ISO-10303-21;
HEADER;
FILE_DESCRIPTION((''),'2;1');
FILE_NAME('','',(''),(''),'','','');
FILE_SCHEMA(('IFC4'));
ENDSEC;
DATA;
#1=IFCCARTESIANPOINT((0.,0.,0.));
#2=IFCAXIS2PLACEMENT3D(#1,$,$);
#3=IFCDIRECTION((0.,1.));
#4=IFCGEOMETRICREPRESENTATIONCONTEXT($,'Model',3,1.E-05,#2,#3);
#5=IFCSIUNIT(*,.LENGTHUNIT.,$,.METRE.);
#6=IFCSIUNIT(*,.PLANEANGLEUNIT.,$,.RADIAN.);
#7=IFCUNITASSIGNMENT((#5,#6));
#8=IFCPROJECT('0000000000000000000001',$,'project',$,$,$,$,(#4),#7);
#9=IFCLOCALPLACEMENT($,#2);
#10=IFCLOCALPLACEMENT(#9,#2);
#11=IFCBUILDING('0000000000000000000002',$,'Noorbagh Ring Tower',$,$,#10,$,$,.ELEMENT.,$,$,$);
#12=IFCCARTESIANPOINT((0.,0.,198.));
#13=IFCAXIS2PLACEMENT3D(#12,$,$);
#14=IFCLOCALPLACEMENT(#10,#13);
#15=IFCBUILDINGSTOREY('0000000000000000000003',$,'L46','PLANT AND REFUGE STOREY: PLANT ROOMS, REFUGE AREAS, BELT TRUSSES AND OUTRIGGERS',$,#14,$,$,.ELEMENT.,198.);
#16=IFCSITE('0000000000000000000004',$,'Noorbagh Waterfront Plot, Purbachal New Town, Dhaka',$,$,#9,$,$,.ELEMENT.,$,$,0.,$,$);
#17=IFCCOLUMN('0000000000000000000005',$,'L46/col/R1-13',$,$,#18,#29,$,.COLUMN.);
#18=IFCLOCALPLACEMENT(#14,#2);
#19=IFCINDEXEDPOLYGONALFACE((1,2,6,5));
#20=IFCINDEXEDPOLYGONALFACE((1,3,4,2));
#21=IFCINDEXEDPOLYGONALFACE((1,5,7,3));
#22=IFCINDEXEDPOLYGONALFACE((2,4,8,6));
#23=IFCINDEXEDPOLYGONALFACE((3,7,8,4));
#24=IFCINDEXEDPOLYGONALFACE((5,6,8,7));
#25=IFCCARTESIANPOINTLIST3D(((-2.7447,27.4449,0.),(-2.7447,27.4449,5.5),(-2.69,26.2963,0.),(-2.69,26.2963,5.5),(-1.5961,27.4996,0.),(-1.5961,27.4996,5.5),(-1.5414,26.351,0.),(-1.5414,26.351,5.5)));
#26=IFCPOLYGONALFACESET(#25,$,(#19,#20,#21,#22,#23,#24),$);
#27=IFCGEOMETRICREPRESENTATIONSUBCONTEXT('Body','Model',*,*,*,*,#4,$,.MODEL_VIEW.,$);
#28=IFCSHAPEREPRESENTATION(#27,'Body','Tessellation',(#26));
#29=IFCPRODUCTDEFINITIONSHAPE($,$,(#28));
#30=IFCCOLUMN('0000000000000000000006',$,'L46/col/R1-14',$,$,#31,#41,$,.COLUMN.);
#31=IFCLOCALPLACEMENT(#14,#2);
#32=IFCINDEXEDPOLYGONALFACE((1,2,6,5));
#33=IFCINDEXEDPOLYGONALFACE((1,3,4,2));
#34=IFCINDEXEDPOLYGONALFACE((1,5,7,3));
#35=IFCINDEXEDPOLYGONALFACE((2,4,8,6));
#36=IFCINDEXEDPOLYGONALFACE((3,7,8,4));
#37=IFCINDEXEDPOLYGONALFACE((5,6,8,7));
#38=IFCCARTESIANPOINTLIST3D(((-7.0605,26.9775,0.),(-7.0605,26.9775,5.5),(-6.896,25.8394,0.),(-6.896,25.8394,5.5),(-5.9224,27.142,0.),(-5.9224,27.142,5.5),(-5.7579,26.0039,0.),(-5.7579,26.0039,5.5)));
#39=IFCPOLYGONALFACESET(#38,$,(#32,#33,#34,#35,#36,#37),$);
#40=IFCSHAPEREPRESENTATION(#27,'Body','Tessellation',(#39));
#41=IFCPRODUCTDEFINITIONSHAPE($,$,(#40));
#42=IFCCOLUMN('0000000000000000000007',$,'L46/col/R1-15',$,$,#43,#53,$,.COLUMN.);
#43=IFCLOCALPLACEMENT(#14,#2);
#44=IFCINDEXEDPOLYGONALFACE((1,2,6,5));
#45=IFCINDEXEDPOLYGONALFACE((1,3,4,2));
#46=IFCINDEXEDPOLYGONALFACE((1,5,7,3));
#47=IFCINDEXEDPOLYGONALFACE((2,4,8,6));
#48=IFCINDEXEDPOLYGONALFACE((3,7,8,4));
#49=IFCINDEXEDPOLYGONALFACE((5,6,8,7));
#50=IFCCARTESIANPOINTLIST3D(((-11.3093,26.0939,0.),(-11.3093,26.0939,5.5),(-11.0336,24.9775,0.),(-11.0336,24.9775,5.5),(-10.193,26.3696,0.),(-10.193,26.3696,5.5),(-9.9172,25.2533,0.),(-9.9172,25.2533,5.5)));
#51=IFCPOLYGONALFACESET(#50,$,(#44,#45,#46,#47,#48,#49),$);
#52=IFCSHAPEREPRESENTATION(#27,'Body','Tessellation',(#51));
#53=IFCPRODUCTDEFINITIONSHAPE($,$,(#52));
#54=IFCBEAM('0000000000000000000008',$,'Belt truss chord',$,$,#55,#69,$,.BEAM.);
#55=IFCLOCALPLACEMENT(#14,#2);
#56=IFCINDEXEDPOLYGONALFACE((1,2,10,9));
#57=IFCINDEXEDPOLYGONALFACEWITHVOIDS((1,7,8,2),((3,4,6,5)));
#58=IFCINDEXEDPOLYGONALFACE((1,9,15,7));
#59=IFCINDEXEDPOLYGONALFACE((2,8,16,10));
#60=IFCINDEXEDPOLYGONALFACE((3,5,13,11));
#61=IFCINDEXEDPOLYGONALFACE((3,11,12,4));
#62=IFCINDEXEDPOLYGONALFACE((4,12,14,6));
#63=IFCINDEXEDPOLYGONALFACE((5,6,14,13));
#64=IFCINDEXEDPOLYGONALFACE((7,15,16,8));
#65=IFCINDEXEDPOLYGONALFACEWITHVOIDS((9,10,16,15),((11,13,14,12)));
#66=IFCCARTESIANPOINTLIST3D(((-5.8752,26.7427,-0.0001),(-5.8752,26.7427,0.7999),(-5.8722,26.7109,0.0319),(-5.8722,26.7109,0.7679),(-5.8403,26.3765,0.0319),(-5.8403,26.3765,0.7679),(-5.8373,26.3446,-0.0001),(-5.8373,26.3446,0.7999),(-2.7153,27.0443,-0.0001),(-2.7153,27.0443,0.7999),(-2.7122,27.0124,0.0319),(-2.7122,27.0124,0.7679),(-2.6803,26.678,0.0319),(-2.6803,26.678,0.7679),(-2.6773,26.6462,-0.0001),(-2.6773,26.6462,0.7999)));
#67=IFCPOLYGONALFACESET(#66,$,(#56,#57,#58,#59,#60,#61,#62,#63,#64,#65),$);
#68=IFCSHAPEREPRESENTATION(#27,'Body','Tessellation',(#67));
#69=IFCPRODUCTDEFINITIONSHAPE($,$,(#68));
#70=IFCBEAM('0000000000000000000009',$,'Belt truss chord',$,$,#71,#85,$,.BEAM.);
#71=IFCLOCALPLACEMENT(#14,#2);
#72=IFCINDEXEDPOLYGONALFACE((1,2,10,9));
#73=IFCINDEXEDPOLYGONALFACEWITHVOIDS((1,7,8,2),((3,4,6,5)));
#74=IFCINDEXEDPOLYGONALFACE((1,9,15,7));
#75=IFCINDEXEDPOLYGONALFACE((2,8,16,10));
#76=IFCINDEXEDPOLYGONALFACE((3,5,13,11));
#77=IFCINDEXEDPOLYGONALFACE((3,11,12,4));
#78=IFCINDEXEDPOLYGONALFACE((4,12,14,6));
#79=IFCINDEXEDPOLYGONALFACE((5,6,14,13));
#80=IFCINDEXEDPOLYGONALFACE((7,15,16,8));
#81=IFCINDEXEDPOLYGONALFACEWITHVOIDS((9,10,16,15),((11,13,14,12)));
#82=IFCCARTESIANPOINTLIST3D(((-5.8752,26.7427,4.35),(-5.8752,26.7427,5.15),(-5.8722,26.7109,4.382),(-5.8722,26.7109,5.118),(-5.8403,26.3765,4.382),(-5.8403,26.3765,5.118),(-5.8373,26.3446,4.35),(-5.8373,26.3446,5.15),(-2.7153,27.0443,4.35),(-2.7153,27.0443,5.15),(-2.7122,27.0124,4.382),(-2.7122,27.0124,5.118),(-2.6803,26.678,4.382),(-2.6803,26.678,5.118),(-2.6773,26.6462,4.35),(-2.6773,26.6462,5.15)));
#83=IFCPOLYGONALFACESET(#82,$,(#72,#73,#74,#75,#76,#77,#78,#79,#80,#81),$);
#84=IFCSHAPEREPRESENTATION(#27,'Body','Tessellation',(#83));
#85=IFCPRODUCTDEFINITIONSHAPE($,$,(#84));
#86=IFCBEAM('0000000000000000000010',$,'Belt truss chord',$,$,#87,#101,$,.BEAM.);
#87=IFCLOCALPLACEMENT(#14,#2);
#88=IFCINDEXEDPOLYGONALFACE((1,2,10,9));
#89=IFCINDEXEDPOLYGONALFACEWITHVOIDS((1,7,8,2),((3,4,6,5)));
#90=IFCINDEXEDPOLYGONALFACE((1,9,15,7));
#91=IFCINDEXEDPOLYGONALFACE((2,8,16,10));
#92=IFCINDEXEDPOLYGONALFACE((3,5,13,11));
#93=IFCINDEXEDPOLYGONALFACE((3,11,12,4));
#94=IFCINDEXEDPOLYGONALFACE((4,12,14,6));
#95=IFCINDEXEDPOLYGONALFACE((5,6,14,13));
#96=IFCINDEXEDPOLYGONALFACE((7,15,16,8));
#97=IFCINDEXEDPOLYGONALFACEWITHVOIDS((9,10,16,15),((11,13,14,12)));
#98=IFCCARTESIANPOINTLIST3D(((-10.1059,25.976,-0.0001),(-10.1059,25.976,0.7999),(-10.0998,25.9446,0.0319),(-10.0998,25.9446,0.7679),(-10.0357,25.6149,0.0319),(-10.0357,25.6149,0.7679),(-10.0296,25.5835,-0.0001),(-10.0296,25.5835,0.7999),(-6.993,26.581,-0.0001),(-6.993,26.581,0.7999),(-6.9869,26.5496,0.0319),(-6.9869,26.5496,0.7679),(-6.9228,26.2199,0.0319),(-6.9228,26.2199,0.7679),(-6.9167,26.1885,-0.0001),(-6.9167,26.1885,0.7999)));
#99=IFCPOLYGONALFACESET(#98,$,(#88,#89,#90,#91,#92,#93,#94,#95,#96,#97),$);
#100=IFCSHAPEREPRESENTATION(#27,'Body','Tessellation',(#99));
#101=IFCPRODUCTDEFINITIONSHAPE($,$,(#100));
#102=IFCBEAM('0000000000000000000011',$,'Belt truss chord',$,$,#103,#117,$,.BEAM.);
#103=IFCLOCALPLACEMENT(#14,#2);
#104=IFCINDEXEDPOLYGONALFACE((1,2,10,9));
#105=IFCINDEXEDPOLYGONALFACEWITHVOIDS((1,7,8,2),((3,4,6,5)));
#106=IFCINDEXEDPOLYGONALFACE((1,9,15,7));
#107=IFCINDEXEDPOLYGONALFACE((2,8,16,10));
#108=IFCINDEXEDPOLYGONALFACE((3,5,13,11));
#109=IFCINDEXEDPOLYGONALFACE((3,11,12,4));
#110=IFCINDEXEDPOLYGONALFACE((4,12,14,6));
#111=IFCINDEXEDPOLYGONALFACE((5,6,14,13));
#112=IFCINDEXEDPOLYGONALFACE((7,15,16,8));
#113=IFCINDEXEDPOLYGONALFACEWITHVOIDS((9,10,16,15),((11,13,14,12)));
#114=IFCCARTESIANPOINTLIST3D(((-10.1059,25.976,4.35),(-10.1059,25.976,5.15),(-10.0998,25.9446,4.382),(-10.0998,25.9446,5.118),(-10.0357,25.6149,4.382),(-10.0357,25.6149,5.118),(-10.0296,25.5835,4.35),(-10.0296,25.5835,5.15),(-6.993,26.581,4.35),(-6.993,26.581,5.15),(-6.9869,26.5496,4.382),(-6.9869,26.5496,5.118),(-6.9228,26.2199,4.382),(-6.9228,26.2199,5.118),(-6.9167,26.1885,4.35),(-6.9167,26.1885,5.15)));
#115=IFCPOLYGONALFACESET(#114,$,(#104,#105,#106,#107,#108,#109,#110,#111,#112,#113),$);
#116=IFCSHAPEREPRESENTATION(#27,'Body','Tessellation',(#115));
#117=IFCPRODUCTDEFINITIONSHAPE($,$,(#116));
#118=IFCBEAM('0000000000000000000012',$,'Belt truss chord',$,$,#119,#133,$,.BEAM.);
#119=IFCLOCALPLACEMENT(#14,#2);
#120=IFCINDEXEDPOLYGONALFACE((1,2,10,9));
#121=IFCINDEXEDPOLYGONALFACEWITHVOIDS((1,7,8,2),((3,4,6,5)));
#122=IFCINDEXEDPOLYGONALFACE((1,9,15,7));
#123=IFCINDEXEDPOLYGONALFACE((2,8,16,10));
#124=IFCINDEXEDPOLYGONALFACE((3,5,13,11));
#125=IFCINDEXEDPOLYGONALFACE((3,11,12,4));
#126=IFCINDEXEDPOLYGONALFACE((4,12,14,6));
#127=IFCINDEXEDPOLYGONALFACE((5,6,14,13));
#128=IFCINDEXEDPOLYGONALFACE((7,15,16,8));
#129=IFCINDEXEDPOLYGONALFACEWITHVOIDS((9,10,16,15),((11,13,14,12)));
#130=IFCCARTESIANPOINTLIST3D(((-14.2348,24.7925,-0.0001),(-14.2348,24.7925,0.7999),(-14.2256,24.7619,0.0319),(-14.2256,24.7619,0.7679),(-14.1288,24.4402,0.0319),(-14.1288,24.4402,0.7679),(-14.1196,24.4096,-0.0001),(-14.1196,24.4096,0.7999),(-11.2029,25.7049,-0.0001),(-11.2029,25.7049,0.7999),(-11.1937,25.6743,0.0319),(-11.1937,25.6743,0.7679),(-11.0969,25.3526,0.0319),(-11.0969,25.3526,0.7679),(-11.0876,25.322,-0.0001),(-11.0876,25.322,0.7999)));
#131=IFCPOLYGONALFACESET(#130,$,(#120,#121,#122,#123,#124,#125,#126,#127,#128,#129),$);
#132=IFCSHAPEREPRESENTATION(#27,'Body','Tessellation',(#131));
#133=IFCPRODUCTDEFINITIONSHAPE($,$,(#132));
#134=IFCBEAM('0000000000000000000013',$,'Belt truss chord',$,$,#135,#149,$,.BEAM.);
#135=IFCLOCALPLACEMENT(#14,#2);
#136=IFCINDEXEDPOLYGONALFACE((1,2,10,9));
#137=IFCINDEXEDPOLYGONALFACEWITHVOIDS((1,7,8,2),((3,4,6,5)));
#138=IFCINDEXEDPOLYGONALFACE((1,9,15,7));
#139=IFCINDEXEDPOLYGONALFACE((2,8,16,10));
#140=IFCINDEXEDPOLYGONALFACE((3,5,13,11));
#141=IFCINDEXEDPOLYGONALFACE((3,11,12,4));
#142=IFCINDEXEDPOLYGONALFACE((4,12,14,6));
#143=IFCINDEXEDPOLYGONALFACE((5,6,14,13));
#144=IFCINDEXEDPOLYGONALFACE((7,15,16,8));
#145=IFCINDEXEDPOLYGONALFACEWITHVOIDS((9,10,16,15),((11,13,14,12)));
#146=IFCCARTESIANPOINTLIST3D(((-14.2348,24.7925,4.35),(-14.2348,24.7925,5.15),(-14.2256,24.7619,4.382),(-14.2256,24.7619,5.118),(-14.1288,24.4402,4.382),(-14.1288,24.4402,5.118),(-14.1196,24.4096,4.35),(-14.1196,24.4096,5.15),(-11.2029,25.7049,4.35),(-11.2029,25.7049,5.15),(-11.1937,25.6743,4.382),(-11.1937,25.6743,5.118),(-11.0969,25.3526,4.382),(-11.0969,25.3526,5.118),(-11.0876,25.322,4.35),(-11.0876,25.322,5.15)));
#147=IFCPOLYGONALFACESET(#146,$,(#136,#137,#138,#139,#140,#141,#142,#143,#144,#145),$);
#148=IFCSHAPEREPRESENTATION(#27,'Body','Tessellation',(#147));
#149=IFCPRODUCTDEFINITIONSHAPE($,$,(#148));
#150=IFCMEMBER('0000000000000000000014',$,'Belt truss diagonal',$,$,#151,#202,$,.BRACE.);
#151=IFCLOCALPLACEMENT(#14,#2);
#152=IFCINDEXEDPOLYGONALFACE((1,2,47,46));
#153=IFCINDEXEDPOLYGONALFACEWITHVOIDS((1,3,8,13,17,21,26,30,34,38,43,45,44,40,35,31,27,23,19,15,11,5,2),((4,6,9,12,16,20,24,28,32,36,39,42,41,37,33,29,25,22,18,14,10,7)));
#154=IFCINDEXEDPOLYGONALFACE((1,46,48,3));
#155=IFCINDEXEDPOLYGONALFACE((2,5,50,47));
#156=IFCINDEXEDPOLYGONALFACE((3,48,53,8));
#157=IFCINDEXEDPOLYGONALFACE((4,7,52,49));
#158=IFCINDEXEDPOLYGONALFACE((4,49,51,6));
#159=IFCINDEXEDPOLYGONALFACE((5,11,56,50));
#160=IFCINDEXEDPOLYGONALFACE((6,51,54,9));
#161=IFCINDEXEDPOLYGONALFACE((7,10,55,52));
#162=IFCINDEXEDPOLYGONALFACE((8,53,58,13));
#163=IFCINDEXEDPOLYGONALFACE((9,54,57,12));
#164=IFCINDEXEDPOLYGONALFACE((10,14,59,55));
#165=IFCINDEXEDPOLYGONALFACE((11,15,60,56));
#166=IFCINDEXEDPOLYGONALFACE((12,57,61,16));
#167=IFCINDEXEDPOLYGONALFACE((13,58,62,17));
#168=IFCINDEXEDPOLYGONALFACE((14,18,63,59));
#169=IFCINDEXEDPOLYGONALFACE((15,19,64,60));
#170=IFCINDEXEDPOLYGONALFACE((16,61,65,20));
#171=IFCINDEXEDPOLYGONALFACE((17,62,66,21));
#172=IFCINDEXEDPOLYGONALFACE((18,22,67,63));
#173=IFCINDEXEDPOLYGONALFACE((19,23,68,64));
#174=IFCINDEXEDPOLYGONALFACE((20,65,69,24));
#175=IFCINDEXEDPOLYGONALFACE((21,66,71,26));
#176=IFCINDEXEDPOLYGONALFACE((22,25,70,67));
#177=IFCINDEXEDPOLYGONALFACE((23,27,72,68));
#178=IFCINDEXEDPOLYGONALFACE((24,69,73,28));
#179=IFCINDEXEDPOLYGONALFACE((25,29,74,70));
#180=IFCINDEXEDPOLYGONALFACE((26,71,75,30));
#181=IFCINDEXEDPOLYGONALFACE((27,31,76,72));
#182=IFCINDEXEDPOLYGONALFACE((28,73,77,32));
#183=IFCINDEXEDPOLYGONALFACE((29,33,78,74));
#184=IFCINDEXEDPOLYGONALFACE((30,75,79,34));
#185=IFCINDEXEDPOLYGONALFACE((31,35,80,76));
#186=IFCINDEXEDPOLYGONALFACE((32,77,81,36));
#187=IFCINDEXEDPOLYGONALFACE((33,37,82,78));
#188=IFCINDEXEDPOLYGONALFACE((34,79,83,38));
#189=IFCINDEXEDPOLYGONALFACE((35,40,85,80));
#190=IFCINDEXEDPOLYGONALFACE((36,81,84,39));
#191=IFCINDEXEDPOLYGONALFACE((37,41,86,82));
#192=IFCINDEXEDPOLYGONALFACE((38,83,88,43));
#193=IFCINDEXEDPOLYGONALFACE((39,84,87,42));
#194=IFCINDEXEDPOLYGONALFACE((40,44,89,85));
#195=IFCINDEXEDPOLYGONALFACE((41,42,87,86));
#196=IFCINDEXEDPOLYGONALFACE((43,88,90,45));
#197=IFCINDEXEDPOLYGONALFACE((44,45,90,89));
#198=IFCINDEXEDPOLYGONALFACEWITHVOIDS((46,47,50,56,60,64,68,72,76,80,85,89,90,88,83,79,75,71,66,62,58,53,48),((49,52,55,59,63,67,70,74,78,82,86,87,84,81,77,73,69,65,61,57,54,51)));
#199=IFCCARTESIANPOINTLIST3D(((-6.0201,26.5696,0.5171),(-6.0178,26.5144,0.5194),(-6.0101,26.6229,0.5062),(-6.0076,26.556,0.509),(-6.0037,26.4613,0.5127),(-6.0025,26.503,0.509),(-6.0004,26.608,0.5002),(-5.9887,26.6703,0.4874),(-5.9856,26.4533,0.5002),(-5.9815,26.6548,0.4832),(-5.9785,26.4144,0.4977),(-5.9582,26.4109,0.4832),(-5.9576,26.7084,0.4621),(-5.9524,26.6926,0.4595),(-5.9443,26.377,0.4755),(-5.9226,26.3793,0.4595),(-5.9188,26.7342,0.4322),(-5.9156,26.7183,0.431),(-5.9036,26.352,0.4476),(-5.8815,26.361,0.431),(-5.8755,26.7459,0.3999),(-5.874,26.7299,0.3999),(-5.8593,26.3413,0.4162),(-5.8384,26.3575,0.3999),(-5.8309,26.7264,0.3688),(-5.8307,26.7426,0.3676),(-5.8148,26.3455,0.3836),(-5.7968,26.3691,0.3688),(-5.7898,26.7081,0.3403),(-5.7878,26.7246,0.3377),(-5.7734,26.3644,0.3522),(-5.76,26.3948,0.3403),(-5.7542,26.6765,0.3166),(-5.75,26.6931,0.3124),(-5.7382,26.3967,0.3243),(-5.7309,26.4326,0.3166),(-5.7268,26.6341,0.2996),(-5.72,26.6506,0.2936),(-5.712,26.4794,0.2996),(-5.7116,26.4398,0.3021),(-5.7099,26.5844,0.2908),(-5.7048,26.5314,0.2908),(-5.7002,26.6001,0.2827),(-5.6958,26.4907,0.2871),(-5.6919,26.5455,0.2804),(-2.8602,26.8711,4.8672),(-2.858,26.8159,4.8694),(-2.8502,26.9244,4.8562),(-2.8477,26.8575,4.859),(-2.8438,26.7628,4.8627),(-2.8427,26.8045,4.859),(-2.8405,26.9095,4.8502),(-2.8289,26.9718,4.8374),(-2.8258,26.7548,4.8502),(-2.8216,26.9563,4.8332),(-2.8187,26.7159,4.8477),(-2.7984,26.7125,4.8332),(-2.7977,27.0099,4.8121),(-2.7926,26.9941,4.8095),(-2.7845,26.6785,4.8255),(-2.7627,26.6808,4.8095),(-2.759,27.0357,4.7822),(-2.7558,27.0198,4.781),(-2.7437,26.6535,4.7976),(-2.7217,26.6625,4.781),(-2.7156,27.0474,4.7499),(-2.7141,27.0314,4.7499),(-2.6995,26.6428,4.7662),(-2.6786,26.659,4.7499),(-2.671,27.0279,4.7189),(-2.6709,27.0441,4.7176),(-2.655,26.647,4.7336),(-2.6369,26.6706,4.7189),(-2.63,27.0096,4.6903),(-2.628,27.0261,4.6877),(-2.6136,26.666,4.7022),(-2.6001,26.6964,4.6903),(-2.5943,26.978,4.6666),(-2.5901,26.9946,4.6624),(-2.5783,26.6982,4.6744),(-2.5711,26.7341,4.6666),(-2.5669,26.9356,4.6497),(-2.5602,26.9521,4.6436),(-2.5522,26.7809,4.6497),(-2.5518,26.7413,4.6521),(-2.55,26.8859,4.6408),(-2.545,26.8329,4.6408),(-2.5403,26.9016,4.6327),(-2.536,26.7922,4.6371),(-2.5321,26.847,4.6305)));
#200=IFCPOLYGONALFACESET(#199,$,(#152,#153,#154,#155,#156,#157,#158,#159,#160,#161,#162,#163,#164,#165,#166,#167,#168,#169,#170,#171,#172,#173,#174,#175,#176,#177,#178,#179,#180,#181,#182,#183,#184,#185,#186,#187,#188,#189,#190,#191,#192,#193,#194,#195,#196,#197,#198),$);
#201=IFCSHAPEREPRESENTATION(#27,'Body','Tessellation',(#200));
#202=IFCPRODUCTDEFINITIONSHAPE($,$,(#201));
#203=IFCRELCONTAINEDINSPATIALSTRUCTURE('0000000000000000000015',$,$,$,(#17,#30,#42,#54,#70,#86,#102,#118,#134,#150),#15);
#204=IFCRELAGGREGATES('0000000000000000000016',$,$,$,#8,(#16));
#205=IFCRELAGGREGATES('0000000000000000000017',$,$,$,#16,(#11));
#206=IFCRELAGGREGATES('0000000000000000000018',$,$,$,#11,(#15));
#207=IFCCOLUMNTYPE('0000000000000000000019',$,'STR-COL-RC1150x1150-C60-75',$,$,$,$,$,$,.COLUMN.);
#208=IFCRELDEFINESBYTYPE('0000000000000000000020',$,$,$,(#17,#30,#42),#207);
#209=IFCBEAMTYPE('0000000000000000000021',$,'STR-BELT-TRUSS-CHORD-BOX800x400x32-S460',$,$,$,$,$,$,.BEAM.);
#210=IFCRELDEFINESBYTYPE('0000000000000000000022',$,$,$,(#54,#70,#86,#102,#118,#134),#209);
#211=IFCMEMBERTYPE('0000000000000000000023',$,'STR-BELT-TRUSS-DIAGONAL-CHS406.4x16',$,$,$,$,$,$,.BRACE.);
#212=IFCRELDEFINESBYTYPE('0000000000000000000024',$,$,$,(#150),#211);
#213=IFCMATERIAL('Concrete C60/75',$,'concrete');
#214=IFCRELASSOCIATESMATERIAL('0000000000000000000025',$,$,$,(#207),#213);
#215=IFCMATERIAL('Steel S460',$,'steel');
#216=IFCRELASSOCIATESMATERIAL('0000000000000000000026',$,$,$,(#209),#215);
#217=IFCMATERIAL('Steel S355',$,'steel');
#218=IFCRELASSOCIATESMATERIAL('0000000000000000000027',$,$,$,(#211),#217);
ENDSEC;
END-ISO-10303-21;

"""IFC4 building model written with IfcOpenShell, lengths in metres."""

from ifc_helpers import new_model, si_unit, direction, frame, origin, origin_2d, place, context, subcontext, project, spatial, rectangle, hollow_rectangle, hollow_circle, extrude, material, material_profile, profile_set, type_object, element, save


model = new_model("IFC4")

# Units and contexts
model_context = context("Model", 3, precision=1e-05, world=origin(), true_north=direction((0.0, 1.0)))
body_context = subcontext(model_context, "Body", "Model", "MODEL_VIEW")
ifc_project = project(units=[si_unit("LENGTHUNIT", "METRE"), si_unit("PLANEANGLEUNIT", "RADIAN")], contexts=[model_context])

# Site, building, storey
site_placement = place(None, origin())
site = spatial("IfcSite", under=ifc_project, at=site_placement, Name="Noorbagh Waterfront Plot, Purbachal New Town, Dhaka", CompositionType="ELEMENT", RefElevation=0.0)
building_placement = place(site_placement, origin())
building = spatial("IfcBuilding", under=site, at=building_placement, Name="Noorbagh Ring Tower", CompositionType="ELEMENT")
storey_placement = place(building_placement, frame((0.0, 0.0, 198.0)))
storey = spatial("IfcBuildingStorey", under=building, at=storey_placement, Name="L46", Description="PLANT AND REFUGE STOREY: PLANT ROOMS, REFUGE AREAS, BELT TRUSSES AND OUTRIGGERS", CompositionType="ELEMENT", Elevation=198.0)

# Columns
ifc_material_1 = material(Name="Concrete C60/75", Category="concrete")
ifc_material_profile_1 = material_profile(ifc_material_1, rectangle(XDim=1.1499, YDim=1.1499, at=origin_2d()), Name="RC1150x1150")
ifc_profile_set_1 = profile_set([ifc_material_profile_1], Name="Concrete C60/75")
column_type = type_object("IfcColumnType", Name="STR-COL-RC1150x1150-C60-75", PredefinedType="COLUMN", material=ifc_profile_set_1)
for number, where, z_axis, x_axis, name in (
    (1, (-2.1431, 26.8979, 0.0), (0.0, 0.0, 1.0), (-0.998869, -0.047553, 0.0), "L46/col/R1-13"),
    (2, (-6.4092, 26.4907, 0.0), (0.0, 0.0, 1.0), (-0.989713, -0.143066, 0.0), "L46/col/R1-14"),
    (3, (-10.6133, 25.6736, 0.0), (0.0, 0.0, 1.0), (-0.970829, -0.239771, 0.0), "L46/col/R1-15"),
):
    element("IfcColumn", number, at=place(storey_placement, frame(where, z_axis=z_axis, x_axis=x_axis)), inside=storey, type_object=column_type, Name=name, PredefinedType="COLUMN", context=body_context, shape_type="SweptSolid", body=[
        extrude(rectangle(XDim=1.1499, YDim=1.1499, at=origin_2d()), origin(), (0.0, 0.0, 1.0), 5.5),
    ])

# Beams
ifc_material_2 = material(Name="Steel S460", Category="steel")
ifc_material_profile_2 = material_profile(ifc_material_2, hollow_rectangle(XDim=0.3999, YDim=0.8, WallThickness=0.032, at=origin_2d()), Name="BOX800x400x32")
ifc_profile_set_2 = profile_set([ifc_material_profile_2], Name="Steel S460")
beam_type_1 = type_object("IfcBeamType", Name="STR-BELT-TRUSS-CHORD-BOX800x400x32-S460", PredefinedType="BEAM", material=ifc_profile_set_2)
for number, where, z_axis, x_axis, name in (
    (4, (-2.6963, 26.8452, 0.3999), (-0.995479, -0.094987, 0.0), (0.094987, -0.995479, 0.0), "Belt truss chord"),
    (5, (-2.6963, 26.8452, 4.75), (-0.995479, -0.094987, 0.0), (0.094987, -0.995479, 0.0), "Belt truss chord"),
):
    element("IfcBeam", number, at=place(storey_placement, frame(where, z_axis=z_axis, x_axis=x_axis)), inside=storey, type_object=beam_type_1, Name=name, PredefinedType="BEAM", context=body_context, shape_type="SweptSolid", body=[
        extrude(hollow_rectangle(XDim=0.3999, YDim=0.8, WallThickness=0.032, at=origin_2d()), origin(), (0.0, 0.0, 1.0), 3.1743),
    ])
for number, where, z_axis, x_axis, name in (
    (6, (-6.9548, 26.3848, 0.3999), (-0.981632, -0.190783, 0.0), (0.190783, -0.981632, 0.0), "Belt truss chord"),
    (7, (-6.9548, 26.3848, 4.75), (-0.981632, -0.190783, 0.0), (0.190783, -0.981632, 0.0), "Belt truss chord"),
):
    element("IfcBeam", number, at=place(storey_placement, frame(where, z_axis=z_axis, x_axis=x_axis)), inside=storey, type_object=beam_type_1, Name=name, PredefinedType="BEAM", context=body_context, shape_type="SweptSolid", body=[
        extrude(hollow_rectangle(XDim=0.3999, YDim=0.8, WallThickness=0.032, at=origin_2d()), origin(), (0.0, 0.0, 1.0), 3.1711),
    ])
for number, where, z_axis, x_axis, name in (
    (8, (-11.1453, 25.5134, 0.3999), (-0.957586, -0.288147, 0.0), (0.288147, -0.957586, 0.0), "Belt truss chord"),
    (9, (-11.1453, 25.5134, 4.75), (-0.957586, -0.288147, 0.0), (0.288147, -0.957586, 0.0), "Belt truss chord"),
):
    element("IfcBeam", number, at=place(storey_placement, frame(where, z_axis=z_axis, x_axis=x_axis)), inside=storey, type_object=beam_type_1, Name=name, PredefinedType="BEAM", context=body_context, shape_type="SweptSolid", body=[
        extrude(hollow_rectangle(XDim=0.3999, YDim=0.8, WallThickness=0.032, at=origin_2d()), origin(), (0.0, 0.0, 1.0), 3.1663),
    ])

# Member
ifc_material_3 = material(Name="Steel S355", Category="steel")
ifc_material_profile_3 = material_profile(ifc_material_3, hollow_circle(Radius=0.2031, WallThickness=0.0161, at=origin_2d()), Name="CHS406.4x16")
ifc_profile_set_3 = profile_set([ifc_material_profile_3], Name="Steel S355")
member_type = type_object("IfcMemberType", Name="STR-BELT-TRUSS-DIAGONAL-CHS406.4x16", PredefinedType="BRACE", material=ifc_profile_set_3)
member_1_placement = place(storey_placement, frame((-5.8562, 26.5437, 0.3999), z_axis=(0.586788, 0.05599, 0.807803), x_axis=(-0.094987, 0.995479, 0.0)))
element("IfcMember", 10, at=member_1_placement, inside=storey, type_object=member_type, Name="Belt truss diagonal", PredefinedType="BRACE", context=body_context, shape_type="SweptSolid", body=[
    extrude(hollow_circle(Radius=0.2031, WallThickness=0.0161, at=origin_2d()), origin(), (0.0, 0.0, 1.0), 5.385),
])

save(model, "model.ifc")
